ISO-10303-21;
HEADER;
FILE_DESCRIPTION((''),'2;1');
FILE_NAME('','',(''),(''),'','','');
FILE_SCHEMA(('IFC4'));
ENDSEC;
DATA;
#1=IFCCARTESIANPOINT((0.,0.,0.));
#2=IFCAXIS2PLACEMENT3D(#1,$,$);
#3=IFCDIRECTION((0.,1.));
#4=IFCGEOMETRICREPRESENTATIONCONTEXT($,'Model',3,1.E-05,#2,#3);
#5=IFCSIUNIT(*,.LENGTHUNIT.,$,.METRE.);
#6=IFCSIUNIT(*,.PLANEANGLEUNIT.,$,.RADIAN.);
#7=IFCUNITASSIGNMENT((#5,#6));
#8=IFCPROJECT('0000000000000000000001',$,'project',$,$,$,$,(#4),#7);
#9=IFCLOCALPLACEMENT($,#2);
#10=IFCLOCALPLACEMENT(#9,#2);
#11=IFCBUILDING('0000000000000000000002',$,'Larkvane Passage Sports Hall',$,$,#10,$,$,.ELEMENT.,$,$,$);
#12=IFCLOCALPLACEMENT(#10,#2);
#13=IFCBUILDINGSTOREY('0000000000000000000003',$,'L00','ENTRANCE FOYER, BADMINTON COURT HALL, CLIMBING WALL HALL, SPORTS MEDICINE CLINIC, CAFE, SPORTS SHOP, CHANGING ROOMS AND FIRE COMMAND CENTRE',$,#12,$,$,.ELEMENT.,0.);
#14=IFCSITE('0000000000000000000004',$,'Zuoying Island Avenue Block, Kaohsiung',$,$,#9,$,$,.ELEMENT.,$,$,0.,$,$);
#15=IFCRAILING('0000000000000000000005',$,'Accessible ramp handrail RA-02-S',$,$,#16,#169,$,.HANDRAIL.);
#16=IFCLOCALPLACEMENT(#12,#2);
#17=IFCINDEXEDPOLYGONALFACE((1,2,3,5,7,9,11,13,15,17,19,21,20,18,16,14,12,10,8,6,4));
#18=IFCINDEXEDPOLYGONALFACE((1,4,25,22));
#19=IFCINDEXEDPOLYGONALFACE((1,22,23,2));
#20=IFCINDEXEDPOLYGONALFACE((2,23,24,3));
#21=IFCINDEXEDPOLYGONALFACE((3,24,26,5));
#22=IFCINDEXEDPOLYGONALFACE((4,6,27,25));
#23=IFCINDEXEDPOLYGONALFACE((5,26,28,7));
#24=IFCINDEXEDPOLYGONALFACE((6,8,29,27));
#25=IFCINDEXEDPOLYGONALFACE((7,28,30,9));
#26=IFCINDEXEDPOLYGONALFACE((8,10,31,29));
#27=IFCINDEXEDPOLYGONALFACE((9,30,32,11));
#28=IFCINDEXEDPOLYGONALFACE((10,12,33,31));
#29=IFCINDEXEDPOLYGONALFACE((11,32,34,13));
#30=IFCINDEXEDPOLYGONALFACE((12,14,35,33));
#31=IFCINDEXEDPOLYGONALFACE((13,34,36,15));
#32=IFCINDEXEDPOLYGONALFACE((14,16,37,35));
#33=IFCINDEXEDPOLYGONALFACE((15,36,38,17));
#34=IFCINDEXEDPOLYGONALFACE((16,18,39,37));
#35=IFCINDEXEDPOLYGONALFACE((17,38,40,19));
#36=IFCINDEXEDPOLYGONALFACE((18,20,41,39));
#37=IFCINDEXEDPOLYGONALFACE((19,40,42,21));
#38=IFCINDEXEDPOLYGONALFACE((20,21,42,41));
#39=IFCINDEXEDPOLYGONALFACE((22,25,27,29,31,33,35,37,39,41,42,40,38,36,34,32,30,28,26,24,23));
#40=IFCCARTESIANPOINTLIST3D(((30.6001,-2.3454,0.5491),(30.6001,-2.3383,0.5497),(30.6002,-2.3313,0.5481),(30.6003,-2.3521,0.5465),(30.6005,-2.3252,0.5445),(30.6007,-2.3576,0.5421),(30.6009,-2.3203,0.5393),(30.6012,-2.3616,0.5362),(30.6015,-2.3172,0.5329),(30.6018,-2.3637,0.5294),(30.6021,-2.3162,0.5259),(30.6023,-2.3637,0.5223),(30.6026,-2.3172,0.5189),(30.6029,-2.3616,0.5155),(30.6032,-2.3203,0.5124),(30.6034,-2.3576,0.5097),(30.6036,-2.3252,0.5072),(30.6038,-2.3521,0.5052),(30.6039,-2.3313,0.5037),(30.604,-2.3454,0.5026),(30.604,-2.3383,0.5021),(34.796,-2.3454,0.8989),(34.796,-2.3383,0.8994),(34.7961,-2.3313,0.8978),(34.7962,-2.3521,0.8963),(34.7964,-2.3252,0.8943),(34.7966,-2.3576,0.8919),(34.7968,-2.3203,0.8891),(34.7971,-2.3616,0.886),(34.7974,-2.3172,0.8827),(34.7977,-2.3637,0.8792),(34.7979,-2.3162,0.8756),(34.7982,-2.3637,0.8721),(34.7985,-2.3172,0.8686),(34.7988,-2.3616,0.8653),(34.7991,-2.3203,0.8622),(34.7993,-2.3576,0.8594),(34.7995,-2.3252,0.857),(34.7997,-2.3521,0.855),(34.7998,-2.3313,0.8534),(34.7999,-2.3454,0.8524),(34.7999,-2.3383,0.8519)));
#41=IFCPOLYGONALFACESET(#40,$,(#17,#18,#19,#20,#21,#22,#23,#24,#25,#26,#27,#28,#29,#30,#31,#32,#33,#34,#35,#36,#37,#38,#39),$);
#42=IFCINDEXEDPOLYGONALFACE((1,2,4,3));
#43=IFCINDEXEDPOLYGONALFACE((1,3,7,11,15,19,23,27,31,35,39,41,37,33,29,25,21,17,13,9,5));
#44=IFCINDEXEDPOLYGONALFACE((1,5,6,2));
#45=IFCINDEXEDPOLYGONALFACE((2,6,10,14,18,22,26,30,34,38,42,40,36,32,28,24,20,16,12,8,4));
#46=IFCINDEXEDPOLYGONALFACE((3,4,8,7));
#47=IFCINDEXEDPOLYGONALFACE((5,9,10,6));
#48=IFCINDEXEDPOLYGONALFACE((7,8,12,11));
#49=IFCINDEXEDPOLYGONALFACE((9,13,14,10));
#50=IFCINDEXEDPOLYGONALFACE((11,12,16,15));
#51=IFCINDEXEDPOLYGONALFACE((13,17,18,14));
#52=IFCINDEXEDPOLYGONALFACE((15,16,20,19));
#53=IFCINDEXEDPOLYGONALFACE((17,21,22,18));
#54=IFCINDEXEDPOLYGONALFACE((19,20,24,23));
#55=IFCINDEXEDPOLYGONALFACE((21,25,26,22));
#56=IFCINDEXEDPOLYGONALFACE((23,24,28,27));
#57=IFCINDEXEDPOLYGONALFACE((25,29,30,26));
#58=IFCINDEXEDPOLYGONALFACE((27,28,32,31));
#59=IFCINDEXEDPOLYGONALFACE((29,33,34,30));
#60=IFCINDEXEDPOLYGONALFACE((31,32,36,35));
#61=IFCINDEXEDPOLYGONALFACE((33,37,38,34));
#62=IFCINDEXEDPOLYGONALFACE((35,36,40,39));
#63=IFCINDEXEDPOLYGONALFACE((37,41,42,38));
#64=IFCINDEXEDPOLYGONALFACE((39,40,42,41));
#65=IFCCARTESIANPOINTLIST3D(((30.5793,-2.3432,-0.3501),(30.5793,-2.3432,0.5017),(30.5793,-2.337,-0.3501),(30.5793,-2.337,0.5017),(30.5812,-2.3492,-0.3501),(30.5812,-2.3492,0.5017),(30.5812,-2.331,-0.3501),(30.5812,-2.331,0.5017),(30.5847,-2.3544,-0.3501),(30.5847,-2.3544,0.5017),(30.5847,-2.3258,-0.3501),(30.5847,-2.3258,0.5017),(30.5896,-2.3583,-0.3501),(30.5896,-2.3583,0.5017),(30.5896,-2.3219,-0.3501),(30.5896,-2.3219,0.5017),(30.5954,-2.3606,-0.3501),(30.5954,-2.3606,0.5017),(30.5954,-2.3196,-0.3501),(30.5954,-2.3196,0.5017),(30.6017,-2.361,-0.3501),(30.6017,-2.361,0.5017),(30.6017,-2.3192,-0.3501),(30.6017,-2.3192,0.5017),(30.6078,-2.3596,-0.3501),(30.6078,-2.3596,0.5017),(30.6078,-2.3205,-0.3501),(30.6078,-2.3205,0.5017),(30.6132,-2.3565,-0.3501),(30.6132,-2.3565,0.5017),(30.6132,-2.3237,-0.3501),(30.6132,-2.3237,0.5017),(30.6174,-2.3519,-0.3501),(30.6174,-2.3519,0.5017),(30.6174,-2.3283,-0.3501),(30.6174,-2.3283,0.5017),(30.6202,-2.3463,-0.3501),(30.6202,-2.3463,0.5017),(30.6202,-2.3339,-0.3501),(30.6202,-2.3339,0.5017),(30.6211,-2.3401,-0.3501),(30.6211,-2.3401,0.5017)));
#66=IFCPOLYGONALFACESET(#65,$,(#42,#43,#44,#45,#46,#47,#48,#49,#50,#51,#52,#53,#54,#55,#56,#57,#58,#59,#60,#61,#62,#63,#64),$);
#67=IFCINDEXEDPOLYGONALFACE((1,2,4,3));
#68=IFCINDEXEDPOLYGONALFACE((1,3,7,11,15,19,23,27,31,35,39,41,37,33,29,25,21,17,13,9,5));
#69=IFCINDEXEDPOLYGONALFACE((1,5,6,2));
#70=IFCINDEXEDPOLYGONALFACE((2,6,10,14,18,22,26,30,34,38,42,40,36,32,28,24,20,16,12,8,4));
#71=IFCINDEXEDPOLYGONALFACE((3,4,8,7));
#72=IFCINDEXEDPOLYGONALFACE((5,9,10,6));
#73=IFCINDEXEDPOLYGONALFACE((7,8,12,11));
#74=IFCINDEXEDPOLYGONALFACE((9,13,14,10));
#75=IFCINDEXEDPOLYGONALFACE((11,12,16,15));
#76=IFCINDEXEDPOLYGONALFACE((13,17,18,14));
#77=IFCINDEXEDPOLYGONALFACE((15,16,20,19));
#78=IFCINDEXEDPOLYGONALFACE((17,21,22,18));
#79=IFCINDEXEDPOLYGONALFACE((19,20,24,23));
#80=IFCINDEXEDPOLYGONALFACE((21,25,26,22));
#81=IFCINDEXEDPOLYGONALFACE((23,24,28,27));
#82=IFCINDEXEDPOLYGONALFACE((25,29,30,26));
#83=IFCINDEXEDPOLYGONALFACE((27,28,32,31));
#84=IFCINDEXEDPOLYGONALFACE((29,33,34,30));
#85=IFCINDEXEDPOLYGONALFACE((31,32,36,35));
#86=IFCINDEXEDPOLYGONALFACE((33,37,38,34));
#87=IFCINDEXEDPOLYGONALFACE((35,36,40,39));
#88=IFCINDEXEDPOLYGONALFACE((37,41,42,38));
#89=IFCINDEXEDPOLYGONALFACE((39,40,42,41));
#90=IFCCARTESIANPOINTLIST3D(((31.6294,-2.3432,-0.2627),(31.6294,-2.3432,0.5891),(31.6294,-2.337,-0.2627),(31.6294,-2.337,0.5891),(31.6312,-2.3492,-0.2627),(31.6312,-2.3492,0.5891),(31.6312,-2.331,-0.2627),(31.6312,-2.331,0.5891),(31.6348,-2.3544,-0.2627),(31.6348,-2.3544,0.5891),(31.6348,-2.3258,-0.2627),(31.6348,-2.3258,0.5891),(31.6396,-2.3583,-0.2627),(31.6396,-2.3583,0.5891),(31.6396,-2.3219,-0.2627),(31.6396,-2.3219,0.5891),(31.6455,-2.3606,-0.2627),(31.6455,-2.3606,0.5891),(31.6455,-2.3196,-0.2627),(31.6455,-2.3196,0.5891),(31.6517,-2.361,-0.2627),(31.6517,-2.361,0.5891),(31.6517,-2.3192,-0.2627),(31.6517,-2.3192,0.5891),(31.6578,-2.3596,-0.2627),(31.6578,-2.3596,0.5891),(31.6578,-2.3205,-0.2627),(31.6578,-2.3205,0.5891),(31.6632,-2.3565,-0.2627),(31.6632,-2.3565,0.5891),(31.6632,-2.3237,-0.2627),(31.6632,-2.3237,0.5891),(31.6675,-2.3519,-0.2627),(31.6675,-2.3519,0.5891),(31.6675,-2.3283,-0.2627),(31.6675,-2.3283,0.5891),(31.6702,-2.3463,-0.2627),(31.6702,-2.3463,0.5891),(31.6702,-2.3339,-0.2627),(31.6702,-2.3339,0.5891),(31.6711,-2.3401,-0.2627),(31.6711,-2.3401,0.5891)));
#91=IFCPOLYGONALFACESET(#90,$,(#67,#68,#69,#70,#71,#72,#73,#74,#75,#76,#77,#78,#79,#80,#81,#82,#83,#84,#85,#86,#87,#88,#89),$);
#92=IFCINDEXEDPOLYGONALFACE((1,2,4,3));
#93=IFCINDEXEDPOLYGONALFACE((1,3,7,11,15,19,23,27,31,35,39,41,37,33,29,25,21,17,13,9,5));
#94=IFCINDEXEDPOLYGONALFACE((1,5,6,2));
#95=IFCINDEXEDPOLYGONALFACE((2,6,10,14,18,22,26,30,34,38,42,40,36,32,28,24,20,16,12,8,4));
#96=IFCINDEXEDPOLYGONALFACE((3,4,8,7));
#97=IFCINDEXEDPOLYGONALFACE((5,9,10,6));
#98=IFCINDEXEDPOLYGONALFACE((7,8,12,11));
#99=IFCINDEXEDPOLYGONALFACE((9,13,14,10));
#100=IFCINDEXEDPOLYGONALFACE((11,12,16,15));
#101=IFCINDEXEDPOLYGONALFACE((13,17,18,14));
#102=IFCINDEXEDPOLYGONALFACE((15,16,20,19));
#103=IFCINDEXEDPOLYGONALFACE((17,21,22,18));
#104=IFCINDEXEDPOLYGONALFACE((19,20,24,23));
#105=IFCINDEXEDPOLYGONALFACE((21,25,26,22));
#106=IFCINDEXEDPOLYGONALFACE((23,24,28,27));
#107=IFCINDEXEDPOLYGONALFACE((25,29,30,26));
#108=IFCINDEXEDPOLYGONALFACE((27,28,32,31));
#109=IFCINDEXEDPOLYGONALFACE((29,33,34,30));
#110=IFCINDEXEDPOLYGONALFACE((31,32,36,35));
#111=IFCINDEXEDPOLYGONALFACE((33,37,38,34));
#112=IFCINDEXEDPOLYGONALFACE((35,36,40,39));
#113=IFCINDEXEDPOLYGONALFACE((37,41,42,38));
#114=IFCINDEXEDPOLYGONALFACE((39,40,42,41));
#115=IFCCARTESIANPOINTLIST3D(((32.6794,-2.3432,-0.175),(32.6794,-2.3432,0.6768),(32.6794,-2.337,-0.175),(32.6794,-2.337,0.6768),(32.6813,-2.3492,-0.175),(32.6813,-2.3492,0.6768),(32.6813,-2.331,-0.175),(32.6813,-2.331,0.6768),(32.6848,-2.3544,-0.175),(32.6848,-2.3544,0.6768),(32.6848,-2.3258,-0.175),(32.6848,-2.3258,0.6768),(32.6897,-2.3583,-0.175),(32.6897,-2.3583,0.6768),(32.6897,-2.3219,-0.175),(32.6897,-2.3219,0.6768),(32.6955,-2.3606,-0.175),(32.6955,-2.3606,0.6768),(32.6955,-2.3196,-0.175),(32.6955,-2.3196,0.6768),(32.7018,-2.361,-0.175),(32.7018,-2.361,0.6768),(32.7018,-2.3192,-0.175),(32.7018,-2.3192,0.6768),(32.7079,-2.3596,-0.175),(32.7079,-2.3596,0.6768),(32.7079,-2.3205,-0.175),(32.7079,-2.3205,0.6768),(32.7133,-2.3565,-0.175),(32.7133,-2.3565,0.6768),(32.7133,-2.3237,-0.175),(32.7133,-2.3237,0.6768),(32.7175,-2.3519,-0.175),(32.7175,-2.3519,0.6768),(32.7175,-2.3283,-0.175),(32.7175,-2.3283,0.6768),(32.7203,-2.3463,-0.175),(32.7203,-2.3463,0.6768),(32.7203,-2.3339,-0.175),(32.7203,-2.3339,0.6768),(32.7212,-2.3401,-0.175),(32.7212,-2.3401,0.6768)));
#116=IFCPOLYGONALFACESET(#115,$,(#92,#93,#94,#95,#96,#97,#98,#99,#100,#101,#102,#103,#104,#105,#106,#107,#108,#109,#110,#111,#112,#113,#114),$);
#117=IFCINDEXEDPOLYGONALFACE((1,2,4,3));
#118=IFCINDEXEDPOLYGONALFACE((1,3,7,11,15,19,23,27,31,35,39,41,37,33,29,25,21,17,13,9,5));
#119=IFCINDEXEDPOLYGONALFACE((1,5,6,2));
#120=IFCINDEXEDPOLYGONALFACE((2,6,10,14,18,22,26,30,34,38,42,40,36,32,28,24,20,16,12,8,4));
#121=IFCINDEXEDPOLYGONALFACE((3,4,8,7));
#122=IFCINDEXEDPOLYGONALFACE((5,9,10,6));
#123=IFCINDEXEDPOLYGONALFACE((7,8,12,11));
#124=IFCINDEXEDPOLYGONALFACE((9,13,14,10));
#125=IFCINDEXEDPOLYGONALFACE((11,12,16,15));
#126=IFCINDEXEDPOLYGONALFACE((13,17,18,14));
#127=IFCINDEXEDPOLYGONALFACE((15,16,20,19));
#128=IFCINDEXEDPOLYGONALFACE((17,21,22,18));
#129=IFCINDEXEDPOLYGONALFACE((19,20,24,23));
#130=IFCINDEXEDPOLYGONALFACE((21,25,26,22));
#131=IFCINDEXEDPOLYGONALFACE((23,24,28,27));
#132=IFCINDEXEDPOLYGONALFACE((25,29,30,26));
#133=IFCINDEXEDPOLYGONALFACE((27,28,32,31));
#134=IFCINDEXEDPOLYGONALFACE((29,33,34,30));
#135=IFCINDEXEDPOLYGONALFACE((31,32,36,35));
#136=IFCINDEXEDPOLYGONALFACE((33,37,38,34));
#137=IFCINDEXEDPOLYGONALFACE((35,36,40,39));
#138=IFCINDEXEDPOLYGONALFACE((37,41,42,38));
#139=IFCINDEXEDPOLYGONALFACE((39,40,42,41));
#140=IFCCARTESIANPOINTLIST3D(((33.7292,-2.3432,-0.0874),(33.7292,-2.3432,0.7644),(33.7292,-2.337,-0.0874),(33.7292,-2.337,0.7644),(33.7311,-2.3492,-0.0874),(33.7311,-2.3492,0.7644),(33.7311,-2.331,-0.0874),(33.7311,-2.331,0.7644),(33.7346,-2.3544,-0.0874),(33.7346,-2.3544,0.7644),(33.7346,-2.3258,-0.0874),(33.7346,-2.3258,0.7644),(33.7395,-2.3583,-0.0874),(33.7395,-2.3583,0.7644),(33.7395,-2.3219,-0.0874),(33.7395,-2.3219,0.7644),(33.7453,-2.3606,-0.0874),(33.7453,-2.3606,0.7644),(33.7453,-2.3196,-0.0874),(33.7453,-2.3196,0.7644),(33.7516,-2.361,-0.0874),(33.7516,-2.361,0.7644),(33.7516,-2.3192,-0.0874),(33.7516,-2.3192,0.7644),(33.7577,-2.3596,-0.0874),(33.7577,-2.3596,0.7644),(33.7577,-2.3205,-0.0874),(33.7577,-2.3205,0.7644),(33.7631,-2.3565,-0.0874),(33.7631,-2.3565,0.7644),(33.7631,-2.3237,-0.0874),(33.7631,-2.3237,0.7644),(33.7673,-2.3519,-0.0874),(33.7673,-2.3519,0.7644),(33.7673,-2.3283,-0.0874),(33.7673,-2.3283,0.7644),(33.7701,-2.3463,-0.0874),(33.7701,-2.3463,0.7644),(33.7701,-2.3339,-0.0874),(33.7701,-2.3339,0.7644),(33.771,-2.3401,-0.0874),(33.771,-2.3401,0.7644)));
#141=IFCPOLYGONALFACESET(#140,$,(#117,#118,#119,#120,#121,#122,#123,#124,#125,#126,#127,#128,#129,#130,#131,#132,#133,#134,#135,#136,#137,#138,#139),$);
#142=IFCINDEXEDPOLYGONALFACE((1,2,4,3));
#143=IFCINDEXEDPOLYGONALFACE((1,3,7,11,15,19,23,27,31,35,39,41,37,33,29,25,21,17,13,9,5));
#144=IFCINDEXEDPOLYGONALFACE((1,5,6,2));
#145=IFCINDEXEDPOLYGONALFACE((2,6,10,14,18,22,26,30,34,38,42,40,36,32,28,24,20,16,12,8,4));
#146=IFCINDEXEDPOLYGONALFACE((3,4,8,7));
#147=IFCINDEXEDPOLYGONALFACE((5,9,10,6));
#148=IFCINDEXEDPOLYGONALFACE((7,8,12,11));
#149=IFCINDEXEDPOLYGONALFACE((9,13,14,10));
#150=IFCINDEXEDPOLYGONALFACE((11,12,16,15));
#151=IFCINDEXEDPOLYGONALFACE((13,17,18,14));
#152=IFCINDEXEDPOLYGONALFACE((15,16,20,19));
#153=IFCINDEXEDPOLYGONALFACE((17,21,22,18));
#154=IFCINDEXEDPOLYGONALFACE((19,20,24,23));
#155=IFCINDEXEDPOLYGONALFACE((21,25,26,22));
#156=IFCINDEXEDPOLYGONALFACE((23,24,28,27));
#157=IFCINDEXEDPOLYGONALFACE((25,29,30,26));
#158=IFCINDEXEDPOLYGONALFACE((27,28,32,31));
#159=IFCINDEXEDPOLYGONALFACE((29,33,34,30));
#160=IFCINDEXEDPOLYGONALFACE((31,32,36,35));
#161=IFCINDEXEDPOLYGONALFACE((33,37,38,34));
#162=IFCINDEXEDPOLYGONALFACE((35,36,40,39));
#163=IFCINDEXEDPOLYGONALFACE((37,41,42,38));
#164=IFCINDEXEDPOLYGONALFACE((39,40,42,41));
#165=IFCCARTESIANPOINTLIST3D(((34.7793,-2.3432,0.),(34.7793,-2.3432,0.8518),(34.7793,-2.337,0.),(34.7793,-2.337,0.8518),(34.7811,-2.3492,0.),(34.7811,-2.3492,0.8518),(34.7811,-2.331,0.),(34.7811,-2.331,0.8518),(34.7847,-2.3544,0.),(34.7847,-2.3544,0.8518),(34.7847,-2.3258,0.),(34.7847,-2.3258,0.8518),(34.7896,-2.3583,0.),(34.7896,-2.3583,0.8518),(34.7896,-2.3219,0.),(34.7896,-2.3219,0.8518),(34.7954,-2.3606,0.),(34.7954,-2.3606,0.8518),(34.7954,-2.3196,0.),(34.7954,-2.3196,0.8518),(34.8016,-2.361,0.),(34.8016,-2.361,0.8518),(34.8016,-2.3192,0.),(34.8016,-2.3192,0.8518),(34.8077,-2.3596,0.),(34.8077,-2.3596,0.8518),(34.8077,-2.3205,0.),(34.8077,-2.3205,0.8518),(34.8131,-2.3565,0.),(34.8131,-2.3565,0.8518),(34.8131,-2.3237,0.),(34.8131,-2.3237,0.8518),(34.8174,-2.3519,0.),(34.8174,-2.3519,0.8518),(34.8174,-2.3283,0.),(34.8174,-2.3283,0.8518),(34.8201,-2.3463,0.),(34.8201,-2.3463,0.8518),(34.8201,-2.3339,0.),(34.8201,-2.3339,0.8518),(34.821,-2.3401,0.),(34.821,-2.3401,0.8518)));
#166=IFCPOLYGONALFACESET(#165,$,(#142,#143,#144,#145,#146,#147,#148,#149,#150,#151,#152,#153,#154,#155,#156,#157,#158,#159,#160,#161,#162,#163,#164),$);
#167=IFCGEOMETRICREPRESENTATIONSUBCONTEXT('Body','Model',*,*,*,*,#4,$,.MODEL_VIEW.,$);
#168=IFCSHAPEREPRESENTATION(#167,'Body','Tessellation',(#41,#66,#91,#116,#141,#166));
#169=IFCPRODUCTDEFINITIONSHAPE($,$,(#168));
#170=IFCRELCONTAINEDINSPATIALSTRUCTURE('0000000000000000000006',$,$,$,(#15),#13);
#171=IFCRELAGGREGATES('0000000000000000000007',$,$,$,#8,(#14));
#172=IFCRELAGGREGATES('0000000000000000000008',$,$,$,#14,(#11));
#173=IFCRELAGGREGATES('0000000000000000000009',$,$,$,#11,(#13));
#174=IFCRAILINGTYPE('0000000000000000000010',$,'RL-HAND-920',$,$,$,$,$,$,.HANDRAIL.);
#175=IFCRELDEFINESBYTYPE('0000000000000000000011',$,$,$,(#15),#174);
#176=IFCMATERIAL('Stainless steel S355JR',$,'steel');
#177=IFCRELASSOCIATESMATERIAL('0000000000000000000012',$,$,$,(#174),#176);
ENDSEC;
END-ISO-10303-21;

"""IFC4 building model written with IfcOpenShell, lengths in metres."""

from ifc_helpers import new_model, si_unit, direction, frame, origin, origin_2d, place, context, subcontext, project, spatial, circle, extrude, material, type_object, element, save


model = new_model("IFC4")

# Units and contexts
model_context = context("Model", 3, precision=1e-05, world=origin(), true_north=direction((0.0, 1.0)))
body_context = subcontext(model_context, "Body", "Model", "MODEL_VIEW")
ifc_project = project(units=[si_unit("LENGTHUNIT", "METRE"), si_unit("PLANEANGLEUNIT", "RADIAN")], contexts=[model_context])

# Site, building, storey
site_placement = place(None, origin())
site = spatial("IfcSite", under=ifc_project, at=site_placement, Name="Zuoying Island Avenue Block, Kaohsiung", CompositionType="ELEMENT", RefElevation=0.0)
building_placement = place(site_placement, origin())
building = spatial("IfcBuilding", under=site, at=building_placement, Name="Larkvane Passage Sports Hall", CompositionType="ELEMENT")
storey_placement = place(building_placement, origin())
storey = spatial("IfcBuildingStorey", under=building, at=storey_placement, Name="L00", Description="ENTRANCE FOYER, BADMINTON COURT HALL, CLIMBING WALL HALL, SPORTS MEDICINE CLINIC, CAFE, SPORTS SHOP, CHANGING ROOMS AND FIRE COMMAND CENTRE", CompositionType="ELEMENT", Elevation=0.0)

# Railing
ifc_material_1 = material(Name="Stainless steel S355JR", Category="steel")
railing_type = type_object("IfcRailingType", Name="RL-HAND-920", PredefinedType="HANDRAIL", material=ifc_material_1)
for number, where, name in (
    (1, (30.6001, -2.3401, -0.3501), "Accessible ramp handrail RA-02-S"),
):
    element("IfcRailing", number, at=place(storey_placement, frame(where)), inside=storey, type_object=railing_type, Name=name, PredefinedType="HANDRAIL", context=body_context, shape_type="SweptSolid", body=[
        extrude(circle(Radius=0.0239, at=origin_2d()), frame((0.002, 0.0, 0.876), z_axis=(0.996544, 0.0, 0.083069), x_axis=(0.0, 1.0, 0.0)), (0.0, 0.0, 1.0), 4.2104),
        extrude(circle(Radius=0.021, at=origin_2d()), origin(), (0.0, 0.0, 1.0), 0.8518),
        extrude(circle(Radius=0.021, at=origin_2d()), frame((1.05, 0.0, 0.0874)), (0.0, 0.0, 1.0), 0.8518),
        extrude(circle(Radius=0.021, at=origin_2d()), frame((2.1001, 0.0, 0.175)), (0.0, 0.0, 1.0), 0.8518),
        extrude(circle(Radius=0.021, at=origin_2d()), frame((3.1499, 0.0, 0.2627)), (0.0, 0.0, 1.0), 0.8518),
        extrude(circle(Radius=0.021, at=origin_2d()), frame((4.2, 0.0, 0.3501)), (0.0, 0.0, 1.0), 0.8518),
    ])

save(model, "model.ifc")
